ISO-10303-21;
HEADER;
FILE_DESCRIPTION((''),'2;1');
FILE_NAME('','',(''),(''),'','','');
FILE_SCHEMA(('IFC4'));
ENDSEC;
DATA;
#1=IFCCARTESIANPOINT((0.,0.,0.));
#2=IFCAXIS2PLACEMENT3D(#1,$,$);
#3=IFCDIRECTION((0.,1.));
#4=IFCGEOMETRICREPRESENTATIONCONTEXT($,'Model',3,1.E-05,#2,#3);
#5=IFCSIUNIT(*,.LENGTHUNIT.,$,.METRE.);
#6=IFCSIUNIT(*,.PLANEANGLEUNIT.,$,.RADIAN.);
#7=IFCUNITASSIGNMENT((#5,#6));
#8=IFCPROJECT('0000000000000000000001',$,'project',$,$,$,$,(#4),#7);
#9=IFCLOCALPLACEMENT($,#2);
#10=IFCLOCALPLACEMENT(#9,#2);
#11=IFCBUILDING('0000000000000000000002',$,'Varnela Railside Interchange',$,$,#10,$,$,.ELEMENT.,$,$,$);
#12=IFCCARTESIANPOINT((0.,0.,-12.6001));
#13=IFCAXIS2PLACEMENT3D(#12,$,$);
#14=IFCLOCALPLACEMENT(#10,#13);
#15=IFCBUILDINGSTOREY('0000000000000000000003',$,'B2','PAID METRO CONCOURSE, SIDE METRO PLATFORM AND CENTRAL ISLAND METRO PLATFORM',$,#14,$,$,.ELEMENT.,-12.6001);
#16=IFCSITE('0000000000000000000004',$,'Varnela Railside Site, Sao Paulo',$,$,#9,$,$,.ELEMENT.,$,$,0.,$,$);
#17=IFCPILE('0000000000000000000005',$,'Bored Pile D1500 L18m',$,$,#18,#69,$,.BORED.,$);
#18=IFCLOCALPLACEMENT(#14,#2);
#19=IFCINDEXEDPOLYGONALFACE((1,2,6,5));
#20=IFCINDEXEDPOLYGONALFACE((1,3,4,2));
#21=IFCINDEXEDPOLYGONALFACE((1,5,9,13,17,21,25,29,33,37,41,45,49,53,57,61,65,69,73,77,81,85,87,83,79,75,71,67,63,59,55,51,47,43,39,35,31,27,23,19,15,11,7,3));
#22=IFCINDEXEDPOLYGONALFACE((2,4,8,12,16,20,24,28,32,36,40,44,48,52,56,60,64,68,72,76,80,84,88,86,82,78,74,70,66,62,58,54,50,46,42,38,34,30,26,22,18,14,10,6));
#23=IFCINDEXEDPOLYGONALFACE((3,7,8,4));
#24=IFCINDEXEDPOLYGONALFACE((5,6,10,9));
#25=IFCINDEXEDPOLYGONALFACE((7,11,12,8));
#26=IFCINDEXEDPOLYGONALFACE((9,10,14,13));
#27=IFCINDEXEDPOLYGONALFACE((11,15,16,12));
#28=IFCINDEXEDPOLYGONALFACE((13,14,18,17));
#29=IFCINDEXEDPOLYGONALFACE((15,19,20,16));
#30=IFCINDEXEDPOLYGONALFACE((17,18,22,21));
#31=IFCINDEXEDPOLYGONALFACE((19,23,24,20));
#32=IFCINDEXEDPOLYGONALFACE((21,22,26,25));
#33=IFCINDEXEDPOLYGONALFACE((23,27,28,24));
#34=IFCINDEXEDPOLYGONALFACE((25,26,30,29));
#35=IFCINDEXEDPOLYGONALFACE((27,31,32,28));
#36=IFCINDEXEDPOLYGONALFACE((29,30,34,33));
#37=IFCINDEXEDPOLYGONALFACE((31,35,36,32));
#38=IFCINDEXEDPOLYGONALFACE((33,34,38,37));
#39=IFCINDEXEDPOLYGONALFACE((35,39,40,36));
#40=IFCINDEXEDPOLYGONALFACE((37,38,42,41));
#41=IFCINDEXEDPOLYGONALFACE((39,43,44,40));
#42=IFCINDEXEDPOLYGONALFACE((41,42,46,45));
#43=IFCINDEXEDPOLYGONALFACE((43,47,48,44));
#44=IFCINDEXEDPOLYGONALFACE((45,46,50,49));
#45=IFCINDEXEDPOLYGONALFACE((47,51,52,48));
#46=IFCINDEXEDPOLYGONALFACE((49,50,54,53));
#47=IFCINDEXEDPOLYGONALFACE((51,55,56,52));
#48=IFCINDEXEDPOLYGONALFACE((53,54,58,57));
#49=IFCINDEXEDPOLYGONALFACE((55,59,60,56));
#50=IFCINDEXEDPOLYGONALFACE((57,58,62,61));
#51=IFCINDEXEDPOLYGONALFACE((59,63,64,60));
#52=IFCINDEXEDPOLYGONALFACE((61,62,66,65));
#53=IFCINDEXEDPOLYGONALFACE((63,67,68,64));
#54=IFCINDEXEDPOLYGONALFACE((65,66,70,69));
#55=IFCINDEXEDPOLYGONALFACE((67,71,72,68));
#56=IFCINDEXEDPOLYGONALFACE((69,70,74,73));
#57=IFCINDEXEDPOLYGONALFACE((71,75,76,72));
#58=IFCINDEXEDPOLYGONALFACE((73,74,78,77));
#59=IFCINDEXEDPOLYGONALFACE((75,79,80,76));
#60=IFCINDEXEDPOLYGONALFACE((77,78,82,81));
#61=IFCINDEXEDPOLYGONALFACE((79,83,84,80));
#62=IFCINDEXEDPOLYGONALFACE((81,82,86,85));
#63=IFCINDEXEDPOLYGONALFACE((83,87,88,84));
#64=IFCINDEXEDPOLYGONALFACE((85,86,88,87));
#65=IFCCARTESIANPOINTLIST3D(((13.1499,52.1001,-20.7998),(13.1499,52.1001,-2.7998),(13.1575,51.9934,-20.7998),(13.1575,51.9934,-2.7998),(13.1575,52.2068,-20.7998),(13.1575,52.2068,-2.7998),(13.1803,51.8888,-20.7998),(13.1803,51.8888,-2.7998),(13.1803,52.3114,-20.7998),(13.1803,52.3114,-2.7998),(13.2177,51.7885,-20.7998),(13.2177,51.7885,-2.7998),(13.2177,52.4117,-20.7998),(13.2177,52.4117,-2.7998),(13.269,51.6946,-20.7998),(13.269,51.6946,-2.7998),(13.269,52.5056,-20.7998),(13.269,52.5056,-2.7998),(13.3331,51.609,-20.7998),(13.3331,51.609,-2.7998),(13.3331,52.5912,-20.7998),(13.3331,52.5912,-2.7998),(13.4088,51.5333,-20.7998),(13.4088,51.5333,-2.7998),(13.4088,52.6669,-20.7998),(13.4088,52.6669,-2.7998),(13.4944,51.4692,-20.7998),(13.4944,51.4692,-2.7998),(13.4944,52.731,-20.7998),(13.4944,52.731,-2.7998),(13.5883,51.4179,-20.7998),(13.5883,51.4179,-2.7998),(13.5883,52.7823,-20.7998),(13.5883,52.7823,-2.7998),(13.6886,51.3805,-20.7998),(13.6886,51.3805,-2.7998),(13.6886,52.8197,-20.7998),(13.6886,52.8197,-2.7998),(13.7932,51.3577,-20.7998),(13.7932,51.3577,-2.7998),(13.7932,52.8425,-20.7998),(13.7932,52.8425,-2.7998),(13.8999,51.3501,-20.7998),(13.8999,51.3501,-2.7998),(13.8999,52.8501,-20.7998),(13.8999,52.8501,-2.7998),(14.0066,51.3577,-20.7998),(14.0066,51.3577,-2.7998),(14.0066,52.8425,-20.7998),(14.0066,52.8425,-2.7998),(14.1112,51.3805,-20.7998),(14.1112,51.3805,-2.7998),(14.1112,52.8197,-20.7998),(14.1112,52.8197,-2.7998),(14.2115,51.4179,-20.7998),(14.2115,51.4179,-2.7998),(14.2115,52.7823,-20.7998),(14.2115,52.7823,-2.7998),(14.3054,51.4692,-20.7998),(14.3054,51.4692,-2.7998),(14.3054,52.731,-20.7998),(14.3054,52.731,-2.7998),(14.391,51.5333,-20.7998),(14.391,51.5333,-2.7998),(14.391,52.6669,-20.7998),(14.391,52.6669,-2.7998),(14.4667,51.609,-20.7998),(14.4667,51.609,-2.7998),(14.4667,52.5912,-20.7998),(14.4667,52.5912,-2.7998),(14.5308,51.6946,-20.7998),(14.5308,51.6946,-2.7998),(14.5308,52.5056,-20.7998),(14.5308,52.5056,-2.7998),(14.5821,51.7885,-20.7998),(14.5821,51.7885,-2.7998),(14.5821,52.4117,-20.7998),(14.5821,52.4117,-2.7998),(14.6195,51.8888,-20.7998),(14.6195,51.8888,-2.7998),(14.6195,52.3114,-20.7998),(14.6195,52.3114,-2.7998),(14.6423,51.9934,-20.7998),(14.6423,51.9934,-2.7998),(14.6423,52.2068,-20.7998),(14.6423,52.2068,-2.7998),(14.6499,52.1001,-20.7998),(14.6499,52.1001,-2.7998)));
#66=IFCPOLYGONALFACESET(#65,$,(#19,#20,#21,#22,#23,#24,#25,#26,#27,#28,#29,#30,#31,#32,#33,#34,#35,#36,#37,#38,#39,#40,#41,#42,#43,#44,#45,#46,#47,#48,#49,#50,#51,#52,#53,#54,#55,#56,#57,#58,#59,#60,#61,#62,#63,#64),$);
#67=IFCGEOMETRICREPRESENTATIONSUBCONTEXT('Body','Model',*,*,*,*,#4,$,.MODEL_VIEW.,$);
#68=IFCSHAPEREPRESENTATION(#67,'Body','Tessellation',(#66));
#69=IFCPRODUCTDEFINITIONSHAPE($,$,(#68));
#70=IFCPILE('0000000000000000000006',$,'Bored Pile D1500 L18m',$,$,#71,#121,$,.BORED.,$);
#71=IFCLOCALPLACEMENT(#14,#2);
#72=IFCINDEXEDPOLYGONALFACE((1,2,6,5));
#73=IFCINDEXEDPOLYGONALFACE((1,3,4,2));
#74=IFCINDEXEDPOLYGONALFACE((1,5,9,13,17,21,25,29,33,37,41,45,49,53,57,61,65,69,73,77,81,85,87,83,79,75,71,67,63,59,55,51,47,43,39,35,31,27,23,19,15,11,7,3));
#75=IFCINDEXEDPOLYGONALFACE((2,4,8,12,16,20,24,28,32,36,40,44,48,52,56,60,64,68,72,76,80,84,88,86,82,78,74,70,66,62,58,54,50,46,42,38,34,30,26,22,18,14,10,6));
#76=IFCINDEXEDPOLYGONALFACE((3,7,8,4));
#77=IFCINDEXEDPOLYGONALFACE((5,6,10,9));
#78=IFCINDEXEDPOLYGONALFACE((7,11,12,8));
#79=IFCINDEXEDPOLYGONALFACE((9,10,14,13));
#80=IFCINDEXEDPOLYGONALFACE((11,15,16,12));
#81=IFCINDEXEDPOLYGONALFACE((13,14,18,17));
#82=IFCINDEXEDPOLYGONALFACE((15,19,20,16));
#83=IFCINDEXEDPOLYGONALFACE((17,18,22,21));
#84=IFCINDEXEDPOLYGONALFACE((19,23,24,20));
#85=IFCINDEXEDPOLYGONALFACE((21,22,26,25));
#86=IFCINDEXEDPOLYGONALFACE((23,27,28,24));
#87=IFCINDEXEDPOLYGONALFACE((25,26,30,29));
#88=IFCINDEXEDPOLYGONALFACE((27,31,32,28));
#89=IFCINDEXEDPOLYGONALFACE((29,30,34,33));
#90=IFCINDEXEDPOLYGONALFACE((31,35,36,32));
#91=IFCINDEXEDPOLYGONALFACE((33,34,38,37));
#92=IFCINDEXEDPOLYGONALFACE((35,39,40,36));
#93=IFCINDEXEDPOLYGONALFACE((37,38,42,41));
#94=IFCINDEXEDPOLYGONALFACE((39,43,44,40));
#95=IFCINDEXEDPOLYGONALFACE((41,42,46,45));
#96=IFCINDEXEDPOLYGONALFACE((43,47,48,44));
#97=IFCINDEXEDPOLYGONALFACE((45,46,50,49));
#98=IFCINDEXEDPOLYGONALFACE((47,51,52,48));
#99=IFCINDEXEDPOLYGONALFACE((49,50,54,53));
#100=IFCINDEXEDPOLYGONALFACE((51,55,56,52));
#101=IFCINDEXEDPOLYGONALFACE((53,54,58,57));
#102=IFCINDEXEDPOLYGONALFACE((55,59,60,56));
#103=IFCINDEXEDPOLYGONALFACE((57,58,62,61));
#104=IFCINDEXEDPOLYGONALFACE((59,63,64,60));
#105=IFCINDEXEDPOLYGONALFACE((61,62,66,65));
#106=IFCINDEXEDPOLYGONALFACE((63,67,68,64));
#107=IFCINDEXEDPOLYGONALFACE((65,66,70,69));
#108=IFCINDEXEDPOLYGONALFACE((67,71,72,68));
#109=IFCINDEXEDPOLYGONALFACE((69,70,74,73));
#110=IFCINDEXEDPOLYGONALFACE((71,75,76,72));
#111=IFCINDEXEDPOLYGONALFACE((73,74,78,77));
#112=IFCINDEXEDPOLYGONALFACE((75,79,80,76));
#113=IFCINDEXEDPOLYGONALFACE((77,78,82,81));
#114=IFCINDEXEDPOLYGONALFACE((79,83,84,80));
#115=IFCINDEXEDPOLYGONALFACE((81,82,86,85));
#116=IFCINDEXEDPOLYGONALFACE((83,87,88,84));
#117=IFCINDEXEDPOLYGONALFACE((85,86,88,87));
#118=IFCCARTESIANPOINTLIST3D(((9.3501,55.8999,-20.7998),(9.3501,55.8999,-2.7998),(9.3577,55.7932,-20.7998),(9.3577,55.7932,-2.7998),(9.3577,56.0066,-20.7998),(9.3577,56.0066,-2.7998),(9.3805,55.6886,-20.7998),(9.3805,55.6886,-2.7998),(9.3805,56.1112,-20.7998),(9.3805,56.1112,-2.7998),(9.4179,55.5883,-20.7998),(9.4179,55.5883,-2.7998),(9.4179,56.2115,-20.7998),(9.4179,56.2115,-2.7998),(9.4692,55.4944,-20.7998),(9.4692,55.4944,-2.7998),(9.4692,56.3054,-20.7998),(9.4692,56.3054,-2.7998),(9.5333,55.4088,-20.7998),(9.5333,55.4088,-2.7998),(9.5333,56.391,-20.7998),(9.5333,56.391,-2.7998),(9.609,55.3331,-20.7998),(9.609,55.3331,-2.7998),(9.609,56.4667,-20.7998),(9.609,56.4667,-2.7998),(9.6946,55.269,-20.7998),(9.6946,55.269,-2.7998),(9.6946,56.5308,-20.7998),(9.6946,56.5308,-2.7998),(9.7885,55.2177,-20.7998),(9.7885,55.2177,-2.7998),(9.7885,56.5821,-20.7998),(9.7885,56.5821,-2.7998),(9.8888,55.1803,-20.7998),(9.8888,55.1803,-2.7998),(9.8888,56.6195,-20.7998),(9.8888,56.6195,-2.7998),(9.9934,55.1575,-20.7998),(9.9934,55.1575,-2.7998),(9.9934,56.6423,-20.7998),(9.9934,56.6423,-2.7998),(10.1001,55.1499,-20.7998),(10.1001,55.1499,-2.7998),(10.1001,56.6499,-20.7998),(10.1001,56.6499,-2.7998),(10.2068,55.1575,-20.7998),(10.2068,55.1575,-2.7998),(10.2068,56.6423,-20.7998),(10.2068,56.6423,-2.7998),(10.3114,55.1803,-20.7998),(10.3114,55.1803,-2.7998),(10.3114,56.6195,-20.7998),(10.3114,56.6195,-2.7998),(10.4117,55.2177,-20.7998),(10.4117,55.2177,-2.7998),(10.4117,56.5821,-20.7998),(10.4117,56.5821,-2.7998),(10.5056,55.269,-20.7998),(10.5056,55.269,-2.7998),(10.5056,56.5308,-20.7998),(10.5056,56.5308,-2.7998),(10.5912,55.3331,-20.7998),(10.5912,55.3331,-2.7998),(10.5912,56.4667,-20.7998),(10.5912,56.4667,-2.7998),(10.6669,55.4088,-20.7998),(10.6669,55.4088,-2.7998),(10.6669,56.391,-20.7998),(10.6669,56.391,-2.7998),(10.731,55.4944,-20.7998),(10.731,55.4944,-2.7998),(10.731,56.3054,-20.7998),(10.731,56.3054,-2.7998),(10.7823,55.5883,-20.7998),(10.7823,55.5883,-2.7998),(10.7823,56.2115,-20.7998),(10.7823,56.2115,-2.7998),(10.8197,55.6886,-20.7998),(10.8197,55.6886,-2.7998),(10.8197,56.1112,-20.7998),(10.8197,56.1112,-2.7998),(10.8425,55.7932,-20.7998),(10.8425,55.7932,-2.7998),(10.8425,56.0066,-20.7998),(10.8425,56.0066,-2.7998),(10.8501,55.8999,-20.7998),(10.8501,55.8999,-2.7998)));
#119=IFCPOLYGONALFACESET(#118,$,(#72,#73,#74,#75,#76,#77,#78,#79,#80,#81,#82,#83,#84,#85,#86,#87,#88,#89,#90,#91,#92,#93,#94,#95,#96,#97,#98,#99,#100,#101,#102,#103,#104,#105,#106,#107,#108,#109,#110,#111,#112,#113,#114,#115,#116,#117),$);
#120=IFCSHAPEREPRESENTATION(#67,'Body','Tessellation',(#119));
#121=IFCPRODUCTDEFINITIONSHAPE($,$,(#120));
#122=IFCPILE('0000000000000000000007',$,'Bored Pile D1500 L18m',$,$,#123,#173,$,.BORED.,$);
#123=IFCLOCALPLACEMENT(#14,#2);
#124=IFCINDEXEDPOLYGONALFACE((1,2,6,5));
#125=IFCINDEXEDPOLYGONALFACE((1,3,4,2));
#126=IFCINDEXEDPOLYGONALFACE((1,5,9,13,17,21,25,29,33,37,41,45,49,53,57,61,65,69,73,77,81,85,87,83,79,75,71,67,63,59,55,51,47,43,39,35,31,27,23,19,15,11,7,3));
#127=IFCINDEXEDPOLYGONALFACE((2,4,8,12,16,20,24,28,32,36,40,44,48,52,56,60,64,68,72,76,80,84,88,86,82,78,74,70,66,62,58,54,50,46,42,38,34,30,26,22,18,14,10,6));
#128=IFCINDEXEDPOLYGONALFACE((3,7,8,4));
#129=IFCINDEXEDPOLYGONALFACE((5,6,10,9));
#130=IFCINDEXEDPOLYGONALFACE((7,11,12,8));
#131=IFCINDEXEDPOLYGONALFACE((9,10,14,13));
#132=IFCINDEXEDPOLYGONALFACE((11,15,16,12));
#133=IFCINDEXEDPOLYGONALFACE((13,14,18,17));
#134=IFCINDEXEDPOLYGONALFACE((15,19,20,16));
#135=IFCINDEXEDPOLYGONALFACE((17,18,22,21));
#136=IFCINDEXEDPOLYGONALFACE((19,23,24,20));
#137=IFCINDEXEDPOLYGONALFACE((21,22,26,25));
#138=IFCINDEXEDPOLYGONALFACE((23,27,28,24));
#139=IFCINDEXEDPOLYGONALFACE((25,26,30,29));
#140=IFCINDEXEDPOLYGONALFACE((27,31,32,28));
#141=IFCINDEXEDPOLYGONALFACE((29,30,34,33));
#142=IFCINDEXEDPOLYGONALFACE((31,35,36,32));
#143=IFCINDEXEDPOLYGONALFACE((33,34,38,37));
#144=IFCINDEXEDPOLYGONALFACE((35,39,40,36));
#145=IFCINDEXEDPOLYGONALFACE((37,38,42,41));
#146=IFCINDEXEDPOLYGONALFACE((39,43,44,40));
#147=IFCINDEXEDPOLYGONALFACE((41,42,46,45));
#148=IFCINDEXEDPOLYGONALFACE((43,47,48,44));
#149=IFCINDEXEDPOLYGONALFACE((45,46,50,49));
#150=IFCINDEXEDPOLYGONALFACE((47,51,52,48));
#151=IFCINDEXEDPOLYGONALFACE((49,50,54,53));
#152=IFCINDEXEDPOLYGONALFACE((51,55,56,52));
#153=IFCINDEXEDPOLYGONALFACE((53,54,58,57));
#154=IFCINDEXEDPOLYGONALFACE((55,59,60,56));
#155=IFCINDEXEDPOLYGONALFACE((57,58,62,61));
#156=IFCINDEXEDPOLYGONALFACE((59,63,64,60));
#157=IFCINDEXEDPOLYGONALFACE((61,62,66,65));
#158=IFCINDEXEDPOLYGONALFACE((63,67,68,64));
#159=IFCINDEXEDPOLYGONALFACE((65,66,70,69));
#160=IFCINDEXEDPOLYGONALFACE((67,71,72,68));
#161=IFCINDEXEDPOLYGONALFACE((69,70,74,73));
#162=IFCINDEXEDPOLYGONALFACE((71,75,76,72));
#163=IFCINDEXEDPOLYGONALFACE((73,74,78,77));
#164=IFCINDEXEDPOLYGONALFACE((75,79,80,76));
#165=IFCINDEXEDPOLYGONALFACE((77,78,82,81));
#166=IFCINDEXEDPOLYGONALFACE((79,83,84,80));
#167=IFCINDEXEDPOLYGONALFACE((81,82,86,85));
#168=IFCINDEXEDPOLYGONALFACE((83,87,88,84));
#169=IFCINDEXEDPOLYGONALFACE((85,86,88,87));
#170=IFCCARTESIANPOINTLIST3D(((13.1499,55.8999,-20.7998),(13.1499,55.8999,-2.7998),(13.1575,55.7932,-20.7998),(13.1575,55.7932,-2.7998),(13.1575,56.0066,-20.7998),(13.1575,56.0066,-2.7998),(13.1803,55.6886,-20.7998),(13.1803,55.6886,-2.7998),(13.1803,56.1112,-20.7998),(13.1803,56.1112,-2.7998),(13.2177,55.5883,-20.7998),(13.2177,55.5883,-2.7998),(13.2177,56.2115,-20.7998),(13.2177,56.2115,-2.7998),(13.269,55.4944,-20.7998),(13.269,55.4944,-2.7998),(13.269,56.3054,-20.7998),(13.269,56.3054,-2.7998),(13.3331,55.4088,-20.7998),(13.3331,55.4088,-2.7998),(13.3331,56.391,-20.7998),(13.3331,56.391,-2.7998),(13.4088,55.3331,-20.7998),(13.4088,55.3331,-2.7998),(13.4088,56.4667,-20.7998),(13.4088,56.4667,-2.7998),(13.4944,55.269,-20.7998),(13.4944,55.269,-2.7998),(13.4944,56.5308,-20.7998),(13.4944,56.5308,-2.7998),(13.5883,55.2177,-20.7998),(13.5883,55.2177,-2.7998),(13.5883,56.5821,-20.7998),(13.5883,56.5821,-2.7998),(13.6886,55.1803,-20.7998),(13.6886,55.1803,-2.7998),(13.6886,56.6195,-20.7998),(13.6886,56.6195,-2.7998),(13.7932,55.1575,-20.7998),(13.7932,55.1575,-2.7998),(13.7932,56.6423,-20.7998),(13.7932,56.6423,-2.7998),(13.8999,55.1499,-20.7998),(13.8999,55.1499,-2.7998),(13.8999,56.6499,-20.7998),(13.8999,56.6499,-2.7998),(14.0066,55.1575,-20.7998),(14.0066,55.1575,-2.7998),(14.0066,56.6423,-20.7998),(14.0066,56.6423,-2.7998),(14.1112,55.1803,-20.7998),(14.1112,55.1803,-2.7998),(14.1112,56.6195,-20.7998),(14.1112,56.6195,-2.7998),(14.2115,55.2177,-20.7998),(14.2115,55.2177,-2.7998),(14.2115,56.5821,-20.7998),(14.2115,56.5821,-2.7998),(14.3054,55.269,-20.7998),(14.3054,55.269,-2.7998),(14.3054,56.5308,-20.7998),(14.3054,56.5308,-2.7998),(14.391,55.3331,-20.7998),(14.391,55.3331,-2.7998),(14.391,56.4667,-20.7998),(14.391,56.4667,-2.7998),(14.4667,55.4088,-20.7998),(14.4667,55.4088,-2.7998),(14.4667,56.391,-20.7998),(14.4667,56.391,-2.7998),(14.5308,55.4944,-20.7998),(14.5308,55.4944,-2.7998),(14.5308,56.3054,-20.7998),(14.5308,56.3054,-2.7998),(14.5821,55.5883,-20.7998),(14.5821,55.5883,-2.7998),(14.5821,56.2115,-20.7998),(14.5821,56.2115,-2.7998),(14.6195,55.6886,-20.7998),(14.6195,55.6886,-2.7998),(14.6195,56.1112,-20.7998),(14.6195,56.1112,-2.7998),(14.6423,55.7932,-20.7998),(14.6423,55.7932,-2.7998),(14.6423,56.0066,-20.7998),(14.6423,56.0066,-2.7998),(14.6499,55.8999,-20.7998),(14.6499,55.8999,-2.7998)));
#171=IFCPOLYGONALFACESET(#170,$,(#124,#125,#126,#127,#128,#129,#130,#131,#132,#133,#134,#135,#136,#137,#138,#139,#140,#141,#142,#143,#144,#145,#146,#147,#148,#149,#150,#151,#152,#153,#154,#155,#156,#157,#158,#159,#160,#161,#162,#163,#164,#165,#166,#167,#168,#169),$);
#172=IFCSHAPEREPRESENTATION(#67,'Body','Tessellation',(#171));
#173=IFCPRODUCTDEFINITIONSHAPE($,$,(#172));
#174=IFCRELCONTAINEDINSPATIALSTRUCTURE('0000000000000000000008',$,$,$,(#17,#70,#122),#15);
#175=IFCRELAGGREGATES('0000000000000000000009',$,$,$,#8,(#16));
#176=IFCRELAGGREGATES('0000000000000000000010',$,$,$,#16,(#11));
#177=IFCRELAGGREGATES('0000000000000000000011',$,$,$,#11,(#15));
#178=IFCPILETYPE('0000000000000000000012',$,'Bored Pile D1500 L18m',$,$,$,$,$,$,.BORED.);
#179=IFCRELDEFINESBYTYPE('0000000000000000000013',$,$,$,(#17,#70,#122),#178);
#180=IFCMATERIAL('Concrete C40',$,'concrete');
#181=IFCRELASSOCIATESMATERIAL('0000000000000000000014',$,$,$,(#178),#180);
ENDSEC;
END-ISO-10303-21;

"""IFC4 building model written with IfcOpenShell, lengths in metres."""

from ifc_helpers import new_model, si_unit, direction, frame, origin, origin_2d, place, context, subcontext, project, spatial, circle, extrude, material, material_profile, profile_set, type_object, element, save


model = new_model("IFC4")

# Units and contexts
model_context = context("Model", 3, precision=1e-05, world=origin(), true_north=direction((0.0, 1.0)))
body_context = subcontext(model_context, "Body", "Model", "MODEL_VIEW")
ifc_project = project(units=[si_unit("LENGTHUNIT", "METRE"), si_unit("PLANEANGLEUNIT", "RADIAN")], contexts=[model_context])

# Site, building, storey
site_placement = place(None, origin())
site = spatial("IfcSite", under=ifc_project, at=site_placement, Name="Varnela Railside Site, Sao Paulo", CompositionType="ELEMENT", RefElevation=0.0)
building_placement = place(site_placement, origin())
building = spatial("IfcBuilding", under=site, at=building_placement, Name="Varnela Railside Interchange", CompositionType="ELEMENT")
storey_placement = place(building_placement, frame((0.0, 0.0, -12.6001)))
storey = spatial("IfcBuildingStorey", under=building, at=storey_placement, Name="B2", Description="PAID METRO CONCOURSE, SIDE METRO PLATFORM AND CENTRAL ISLAND METRO PLATFORM", CompositionType="ELEMENT", Elevation=-12.6001)

# Piles
ifc_material_1 = material(Name="Concrete C40", Category="concrete")
ifc_material_profile_1 = material_profile(ifc_material_1, circle(Radius=0.75, at=origin_2d()), Name="BORED PILE D1500")
ifc_profile_set_1 = profile_set([ifc_material_profile_1], Name="Concrete C40")
pile_type_1 = type_object("IfcPileType", Name="Bored Pile D1500 L18m", PredefinedType="BORED", material=ifc_profile_set_1)
for number, where, z_axis, x_axis, name in (
    (1, (13.8999, 52.1001, -2.7998), (0.0, 0.0, -1.0), (1.0, 0.0, 0.0), "Bored Pile D1500 L18m"),
    (2, (10.1001, 55.8999, -2.7998), (0.0, 0.0, -1.0), (1.0, 0.0, 0.0), "Bored Pile D1500 L18m"),
    (3, (13.8999, 55.8999, -2.7998), (0.0, 0.0, -1.0), (1.0, 0.0, 0.0), "Bored Pile D1500 L18m"),
):
    element("IfcPile", number, at=place(storey_placement, frame(where, z_axis=z_axis, x_axis=x_axis)), inside=storey, type_object=pile_type_1, Name=name, PredefinedType="BORED", context=body_context, shape_type="SweptSolid", body=[
        extrude(circle(Radius=0.75, at=origin_2d()), origin(), (0.0, 0.0, 1.0), 18.0),
    ])

save(model, "model.ifc")
